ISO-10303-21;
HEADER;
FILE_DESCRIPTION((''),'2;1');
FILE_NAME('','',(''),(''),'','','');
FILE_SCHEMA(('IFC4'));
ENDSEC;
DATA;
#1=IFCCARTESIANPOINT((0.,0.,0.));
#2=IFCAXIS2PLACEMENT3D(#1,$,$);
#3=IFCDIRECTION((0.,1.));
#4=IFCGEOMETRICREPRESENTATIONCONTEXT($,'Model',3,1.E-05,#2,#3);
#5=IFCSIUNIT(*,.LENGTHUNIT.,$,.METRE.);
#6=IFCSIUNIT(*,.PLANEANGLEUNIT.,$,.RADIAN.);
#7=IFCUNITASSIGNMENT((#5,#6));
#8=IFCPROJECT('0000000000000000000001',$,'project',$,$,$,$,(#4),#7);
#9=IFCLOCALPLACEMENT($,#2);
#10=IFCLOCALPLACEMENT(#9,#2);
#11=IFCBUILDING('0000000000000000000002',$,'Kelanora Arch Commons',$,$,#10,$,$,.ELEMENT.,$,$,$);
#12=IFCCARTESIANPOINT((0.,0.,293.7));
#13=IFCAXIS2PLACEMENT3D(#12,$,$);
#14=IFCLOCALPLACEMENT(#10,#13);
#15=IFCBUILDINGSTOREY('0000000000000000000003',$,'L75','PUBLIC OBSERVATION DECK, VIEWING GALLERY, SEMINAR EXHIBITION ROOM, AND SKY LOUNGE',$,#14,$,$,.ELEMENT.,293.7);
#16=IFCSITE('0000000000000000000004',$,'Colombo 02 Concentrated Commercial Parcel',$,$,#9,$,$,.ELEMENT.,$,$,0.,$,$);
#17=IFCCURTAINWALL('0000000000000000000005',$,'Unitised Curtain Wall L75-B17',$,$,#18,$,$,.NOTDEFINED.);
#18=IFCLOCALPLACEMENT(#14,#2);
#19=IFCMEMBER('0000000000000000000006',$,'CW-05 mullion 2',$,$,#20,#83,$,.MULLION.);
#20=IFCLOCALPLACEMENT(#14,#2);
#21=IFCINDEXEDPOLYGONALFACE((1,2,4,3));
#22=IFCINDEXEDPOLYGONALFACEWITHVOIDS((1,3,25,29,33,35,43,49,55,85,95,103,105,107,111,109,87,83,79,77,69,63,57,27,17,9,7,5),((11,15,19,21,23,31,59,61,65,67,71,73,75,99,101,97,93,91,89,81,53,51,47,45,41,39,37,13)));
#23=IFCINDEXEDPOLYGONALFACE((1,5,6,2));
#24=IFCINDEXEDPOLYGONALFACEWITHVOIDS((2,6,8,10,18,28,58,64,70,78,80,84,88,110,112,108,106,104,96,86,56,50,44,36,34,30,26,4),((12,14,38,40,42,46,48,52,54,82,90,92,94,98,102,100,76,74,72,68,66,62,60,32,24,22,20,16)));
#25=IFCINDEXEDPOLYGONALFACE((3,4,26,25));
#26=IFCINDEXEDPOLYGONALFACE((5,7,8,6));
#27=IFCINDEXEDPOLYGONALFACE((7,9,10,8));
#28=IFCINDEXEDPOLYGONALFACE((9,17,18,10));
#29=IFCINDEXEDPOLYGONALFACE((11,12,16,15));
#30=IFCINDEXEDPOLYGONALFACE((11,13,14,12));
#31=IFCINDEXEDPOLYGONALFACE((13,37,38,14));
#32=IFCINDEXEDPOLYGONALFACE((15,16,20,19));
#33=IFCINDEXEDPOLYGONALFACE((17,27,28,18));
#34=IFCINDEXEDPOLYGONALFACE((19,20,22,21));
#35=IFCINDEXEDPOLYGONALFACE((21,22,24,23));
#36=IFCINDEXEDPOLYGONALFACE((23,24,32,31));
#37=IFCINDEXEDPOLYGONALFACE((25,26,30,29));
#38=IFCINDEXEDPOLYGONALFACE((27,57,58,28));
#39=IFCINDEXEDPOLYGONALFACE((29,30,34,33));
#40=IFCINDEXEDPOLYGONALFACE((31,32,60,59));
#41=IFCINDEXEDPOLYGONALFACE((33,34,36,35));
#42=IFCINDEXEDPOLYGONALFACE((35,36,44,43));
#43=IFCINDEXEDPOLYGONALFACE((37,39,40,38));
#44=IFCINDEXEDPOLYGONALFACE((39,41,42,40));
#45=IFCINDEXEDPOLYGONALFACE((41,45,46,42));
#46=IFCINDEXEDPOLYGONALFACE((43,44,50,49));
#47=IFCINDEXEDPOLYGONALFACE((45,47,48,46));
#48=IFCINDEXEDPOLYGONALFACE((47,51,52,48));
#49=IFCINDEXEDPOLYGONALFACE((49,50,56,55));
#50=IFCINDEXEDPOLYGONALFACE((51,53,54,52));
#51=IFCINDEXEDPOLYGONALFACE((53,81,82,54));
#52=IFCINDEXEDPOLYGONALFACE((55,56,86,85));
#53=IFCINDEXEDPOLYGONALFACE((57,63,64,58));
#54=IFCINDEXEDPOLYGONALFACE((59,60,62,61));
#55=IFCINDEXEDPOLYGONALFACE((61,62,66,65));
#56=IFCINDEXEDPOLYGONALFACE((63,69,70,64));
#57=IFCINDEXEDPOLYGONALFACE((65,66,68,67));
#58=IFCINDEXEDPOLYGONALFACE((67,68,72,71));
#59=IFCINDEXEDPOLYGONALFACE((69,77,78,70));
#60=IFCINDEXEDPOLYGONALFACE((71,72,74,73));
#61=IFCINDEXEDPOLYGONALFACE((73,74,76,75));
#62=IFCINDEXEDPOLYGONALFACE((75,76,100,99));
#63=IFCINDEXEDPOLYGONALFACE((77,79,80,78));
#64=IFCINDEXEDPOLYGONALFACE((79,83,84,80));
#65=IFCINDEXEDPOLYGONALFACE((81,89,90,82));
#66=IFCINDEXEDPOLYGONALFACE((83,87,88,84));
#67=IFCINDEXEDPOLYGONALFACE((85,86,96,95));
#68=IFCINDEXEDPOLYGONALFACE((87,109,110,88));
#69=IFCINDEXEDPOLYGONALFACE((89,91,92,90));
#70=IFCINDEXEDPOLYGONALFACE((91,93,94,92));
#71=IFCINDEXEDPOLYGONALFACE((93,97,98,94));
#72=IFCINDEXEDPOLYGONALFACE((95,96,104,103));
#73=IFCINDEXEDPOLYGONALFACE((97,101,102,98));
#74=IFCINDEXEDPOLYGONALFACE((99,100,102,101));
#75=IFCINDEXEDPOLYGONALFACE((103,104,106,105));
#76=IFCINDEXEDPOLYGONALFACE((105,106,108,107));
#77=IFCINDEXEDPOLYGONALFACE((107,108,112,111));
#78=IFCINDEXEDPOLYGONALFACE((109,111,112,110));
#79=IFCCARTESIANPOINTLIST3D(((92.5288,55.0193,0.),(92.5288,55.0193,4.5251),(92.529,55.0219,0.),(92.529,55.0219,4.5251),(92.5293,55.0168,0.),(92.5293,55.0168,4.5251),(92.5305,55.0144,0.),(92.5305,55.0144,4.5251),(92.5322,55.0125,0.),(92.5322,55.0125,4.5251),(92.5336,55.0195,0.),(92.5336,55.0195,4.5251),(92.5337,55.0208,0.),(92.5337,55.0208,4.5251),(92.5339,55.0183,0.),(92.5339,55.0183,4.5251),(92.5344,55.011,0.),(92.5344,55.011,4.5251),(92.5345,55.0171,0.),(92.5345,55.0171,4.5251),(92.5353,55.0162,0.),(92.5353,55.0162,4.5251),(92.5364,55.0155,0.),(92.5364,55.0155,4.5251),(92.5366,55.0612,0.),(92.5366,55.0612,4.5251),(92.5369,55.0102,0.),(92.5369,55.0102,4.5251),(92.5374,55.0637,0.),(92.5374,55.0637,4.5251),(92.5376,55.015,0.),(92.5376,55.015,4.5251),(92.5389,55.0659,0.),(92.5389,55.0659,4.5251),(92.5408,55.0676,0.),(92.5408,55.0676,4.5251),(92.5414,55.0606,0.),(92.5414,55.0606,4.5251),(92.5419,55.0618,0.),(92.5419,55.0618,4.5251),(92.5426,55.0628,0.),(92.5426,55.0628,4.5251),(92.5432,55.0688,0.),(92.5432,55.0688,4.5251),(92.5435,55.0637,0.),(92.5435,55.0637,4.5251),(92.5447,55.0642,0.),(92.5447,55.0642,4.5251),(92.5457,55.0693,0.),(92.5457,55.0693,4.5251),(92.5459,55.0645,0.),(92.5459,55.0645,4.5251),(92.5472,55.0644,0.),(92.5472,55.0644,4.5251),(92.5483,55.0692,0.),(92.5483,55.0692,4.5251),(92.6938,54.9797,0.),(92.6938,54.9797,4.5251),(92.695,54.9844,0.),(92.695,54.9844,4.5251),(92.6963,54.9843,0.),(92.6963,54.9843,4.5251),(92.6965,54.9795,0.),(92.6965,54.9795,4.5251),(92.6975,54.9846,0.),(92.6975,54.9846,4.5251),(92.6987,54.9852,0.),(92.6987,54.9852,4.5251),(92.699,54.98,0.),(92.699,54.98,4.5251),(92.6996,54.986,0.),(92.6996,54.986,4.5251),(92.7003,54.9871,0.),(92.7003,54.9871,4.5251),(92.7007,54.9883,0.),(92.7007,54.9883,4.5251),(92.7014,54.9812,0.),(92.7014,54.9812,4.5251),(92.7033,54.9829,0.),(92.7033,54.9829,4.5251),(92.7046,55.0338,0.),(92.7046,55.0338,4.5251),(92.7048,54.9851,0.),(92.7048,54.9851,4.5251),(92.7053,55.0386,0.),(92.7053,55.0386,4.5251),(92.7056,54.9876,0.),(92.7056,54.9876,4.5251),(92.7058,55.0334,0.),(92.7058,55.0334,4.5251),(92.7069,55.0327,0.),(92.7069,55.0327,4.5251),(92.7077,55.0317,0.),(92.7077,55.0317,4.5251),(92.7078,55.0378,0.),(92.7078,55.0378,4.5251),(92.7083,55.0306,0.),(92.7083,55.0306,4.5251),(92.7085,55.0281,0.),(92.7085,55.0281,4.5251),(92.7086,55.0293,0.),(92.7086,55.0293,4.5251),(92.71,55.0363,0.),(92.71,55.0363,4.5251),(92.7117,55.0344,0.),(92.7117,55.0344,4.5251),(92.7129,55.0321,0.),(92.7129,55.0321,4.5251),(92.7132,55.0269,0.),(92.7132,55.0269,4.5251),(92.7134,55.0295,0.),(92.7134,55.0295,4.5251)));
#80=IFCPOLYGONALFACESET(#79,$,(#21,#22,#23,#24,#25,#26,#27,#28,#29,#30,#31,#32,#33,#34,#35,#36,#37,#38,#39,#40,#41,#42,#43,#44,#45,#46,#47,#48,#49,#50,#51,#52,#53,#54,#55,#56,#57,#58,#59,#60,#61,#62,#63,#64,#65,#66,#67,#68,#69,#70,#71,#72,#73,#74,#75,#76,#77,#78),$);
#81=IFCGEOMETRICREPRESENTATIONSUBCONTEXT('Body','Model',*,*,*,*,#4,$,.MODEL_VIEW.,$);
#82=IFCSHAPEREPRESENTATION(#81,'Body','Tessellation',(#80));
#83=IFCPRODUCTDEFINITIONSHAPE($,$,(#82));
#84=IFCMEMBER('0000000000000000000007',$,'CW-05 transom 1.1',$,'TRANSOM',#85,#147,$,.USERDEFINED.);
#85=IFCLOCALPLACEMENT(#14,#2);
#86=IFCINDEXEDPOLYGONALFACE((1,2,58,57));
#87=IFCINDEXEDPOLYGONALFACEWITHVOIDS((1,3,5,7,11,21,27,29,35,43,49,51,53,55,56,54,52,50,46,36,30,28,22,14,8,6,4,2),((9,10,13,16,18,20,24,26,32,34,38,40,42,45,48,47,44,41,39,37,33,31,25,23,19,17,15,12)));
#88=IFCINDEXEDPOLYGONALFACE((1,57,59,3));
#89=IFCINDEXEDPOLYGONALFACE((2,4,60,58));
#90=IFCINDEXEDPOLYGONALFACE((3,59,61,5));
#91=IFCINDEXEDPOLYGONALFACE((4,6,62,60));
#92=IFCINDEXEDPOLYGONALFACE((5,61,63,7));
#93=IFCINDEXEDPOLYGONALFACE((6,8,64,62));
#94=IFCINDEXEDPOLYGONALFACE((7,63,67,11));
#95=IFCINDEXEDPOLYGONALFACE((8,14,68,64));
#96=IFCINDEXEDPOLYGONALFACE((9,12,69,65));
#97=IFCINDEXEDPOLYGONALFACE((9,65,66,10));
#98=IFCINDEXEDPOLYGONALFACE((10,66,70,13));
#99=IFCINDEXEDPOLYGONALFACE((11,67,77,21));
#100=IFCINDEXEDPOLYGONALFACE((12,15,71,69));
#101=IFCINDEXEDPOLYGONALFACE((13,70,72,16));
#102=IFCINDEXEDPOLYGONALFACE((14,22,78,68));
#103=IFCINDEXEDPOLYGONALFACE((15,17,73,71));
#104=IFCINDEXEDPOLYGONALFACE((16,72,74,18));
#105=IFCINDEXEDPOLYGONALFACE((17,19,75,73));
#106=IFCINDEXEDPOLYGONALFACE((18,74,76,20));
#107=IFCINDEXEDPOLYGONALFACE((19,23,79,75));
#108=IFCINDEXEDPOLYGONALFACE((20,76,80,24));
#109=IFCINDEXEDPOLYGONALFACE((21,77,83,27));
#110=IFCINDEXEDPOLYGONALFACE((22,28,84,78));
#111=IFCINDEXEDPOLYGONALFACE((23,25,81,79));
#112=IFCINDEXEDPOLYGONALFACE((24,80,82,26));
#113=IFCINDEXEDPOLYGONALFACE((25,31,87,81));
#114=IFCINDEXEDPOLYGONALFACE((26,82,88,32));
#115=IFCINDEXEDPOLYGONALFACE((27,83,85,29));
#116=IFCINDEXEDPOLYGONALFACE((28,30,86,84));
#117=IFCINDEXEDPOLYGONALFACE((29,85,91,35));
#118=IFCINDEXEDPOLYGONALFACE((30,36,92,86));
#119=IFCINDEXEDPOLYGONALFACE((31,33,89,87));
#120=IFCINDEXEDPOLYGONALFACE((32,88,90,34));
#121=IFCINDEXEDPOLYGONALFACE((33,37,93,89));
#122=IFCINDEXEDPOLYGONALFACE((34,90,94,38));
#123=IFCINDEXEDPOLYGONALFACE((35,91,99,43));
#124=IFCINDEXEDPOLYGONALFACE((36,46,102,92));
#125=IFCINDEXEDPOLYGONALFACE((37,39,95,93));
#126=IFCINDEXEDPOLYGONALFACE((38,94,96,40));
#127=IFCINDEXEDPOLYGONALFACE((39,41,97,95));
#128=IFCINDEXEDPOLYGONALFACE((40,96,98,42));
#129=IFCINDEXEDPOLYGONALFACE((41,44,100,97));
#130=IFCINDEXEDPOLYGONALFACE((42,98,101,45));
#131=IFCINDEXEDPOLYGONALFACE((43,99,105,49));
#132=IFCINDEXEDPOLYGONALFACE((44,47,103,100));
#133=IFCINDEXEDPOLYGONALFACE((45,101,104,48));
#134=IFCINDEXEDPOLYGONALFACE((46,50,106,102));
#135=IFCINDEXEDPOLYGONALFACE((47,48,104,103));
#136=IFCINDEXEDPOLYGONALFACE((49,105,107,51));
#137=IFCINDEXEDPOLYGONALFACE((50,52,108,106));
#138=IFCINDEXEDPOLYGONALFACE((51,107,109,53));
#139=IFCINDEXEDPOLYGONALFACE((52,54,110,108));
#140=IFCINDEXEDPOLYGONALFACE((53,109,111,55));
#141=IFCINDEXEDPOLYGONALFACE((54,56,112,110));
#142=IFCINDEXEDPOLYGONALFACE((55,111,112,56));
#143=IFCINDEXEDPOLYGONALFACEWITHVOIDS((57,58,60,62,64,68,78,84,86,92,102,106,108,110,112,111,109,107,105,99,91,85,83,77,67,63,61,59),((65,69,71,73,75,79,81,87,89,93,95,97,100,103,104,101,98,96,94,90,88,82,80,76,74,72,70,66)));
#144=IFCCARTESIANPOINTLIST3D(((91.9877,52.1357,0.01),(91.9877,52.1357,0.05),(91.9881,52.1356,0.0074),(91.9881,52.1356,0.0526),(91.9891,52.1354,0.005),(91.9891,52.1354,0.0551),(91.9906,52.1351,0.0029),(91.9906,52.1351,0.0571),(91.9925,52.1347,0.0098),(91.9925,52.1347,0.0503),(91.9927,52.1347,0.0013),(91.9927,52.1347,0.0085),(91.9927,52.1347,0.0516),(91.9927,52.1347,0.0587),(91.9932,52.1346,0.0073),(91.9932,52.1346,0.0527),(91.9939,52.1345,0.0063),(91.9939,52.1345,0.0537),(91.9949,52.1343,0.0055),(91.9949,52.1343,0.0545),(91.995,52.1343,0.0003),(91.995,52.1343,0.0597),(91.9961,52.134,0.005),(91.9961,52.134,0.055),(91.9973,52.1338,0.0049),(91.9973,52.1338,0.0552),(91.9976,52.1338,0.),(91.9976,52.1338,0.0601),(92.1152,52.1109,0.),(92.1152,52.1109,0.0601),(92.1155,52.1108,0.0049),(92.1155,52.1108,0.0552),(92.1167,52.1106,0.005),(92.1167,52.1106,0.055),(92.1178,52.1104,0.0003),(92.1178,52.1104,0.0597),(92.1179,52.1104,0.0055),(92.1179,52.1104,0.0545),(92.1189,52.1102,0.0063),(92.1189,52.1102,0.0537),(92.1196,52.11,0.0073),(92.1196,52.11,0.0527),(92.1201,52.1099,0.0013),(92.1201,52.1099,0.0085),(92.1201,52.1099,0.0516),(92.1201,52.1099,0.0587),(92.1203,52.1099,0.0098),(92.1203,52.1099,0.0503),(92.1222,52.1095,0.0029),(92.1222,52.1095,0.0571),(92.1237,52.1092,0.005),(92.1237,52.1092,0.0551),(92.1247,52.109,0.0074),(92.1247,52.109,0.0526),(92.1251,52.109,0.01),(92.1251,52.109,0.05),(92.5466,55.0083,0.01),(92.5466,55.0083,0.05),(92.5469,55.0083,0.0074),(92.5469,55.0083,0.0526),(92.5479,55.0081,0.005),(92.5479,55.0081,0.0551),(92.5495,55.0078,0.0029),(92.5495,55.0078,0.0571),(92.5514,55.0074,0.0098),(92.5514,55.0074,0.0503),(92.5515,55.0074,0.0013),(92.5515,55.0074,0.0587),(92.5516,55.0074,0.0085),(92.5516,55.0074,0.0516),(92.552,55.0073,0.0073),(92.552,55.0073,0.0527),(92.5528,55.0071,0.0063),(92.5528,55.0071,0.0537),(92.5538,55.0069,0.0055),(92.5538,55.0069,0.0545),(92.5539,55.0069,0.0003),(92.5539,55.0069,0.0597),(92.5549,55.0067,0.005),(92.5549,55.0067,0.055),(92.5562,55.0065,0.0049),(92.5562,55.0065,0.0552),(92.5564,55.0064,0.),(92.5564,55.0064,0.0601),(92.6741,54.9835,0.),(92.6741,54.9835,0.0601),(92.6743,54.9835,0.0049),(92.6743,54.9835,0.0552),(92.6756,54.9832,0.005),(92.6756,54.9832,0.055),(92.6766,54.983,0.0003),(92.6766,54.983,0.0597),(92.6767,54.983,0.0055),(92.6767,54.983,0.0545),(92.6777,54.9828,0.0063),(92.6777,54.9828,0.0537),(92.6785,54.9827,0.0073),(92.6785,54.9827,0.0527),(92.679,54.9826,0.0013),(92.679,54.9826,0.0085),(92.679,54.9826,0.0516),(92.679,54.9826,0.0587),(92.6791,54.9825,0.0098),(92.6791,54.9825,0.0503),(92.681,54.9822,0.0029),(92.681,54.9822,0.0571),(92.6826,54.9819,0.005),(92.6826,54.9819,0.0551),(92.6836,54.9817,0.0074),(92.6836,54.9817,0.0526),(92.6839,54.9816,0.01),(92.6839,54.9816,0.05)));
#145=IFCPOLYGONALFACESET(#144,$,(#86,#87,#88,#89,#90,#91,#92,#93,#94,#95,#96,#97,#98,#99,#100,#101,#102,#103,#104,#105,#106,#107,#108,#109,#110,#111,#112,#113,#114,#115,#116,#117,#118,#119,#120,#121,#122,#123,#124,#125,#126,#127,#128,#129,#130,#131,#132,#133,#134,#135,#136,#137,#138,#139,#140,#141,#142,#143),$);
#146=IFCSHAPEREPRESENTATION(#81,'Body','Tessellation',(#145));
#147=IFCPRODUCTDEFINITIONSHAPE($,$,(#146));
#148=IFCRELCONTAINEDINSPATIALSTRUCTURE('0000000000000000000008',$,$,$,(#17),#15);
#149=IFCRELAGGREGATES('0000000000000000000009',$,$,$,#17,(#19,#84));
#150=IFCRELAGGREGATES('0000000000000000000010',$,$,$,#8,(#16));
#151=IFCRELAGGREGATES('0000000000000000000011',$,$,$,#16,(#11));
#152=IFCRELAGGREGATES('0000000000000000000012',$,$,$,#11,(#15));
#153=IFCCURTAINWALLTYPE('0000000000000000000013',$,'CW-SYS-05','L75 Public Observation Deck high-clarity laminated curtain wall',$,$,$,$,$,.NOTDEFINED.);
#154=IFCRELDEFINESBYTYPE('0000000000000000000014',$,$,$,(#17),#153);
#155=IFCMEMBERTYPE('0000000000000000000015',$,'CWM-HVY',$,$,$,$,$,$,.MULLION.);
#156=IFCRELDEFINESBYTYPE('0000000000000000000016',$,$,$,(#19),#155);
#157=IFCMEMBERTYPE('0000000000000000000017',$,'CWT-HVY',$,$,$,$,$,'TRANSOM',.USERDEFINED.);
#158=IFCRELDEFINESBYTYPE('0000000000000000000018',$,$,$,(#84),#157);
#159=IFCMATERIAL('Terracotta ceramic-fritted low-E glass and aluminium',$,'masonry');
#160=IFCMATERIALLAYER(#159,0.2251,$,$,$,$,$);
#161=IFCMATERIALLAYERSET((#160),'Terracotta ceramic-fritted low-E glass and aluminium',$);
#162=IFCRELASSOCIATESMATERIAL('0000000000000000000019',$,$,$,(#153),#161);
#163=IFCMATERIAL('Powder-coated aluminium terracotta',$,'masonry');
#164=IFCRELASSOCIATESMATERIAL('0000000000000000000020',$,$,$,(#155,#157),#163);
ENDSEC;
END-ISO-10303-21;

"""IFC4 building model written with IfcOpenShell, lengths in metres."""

from ifc_helpers import new_model, si_unit, direction, frame, origin, origin_2d, place, context, subcontext, project, spatial, hollow_rectangle, extrude, material, layer, layer_set, material_profile, profile_set, type_object, element, aggregate, save


model = new_model("IFC4")

# Units and contexts
model_context = context("Model", 3, precision=1e-05, world=origin(), true_north=direction((0.0, 1.0)))
body_context = subcontext(model_context, "Body", "Model", "MODEL_VIEW")
ifc_project = project(units=[si_unit("LENGTHUNIT", "METRE"), si_unit("PLANEANGLEUNIT", "RADIAN")], contexts=[model_context])

# Site, building, storey
site_placement = place(None, origin())
site = spatial("IfcSite", under=ifc_project, at=site_placement, Name="Colombo 02 Concentrated Commercial Parcel", CompositionType="ELEMENT", RefElevation=0.0)
building_placement = place(site_placement, origin())
building = spatial("IfcBuilding", under=site, at=building_placement, Name="Kelanora Arch Commons", CompositionType="ELEMENT")
storey_placement = place(building_placement, frame((0.0, 0.0, 293.7)))
storey = spatial("IfcBuildingStorey", under=building, at=storey_placement, Name="L75", Description="PUBLIC OBSERVATION DECK, VIEWING GALLERY, SEMINAR EXHIBITION ROOM, AND SKY LOUNGE", CompositionType="ELEMENT", Elevation=293.7)

# Shared definitions
ifc_material_1 = material(Name="Terracotta ceramic-fritted low-E glass and aluminium", Category="masonry")
ifc_layer_1 = layer(ifc_material_1, 0.2251)
ifc_layer_set_1 = layer_set([ifc_layer_1], Name="Terracotta ceramic-fritted low-E glass and aluminium")
curtain_wall_type = type_object("IfcCurtainWallType", Name="CW-SYS-05", Description="L75 Public Observation Deck high-clarity laminated curtain wall", PredefinedType="NOTDEFINED", material=ifc_layer_set_1)
ifc_material_2 = material(Name="Powder-coated aluminium terracotta", Category="masonry")
ifc_material_profile_1 = material_profile(ifc_material_2, hollow_rectangle(XDim=0.1799, YDim=0.0601, WallThickness=0.0049, InnerFilletRadius=0.0049, OuterFilletRadius=0.01, at=origin_2d()), Name="CWM180x60")
ifc_profile_set_1 = profile_set([ifc_material_profile_1], Name="Powder-coated aluminium terracotta")
member_type_1 = type_object("IfcMemberType", Name="CWM-HVY", PredefinedType="MULLION", material=ifc_profile_set_1)

# Curtain wall, members
curtain_wall_1_placement = place(storey_placement, origin())
curtain_wall_1 = element("IfcCurtainWall", 1, at=curtain_wall_1_placement, inside=storey, type_object=curtain_wall_type, Name="Unitised Curtain Wall L75-B17", PredefinedType="NOTDEFINED")
member_1_placement = place(storey_placement, frame((92.6211, 55.0244, 0.0), z_axis=(0.0, 0.0, 1.0), x_axis=(-0.981596, 0.190972, 0.0)))
member_1 = element("IfcMember", 2, at=member_1_placement, type_object=member_type_1, Name="CW-05 mullion 2", PredefinedType="MULLION", context=body_context, shape_type="SweptSolid", body=[
    extrude(hollow_rectangle(XDim=0.1799, YDim=0.0601, WallThickness=0.0049, InnerFilletRadius=0.0049, OuterFilletRadius=0.01, at=origin_2d()), origin(), (0.0, 0.0, 1.0), 4.5251),
])
ifc_material_profile_2 = material_profile(ifc_material_2, hollow_rectangle(XDim=0.1399, YDim=0.0601, WallThickness=0.0049, InnerFilletRadius=0.0049, OuterFilletRadius=0.01, at=origin_2d()), Name="CWT140x60")
ifc_profile_set_2 = profile_set([ifc_material_profile_2], Name="Powder-coated aluminium terracotta")
member_type_2 = type_object("IfcMemberType", Name="CWT-HVY", ElementType="TRANSOM", PredefinedType="USERDEFINED", material=ifc_profile_set_2)
member_2_placement = place(storey_placement, frame((92.0564, 52.1223, 0.03), z_axis=(0.190963, 0.981597, 0.0), x_axis=(-0.981597, 0.190963, 0.0)))
member_2 = element("IfcMember", 3, at=member_2_placement, type_object=member_type_2, Name="CW-05 transom 1.1", ObjectType="TRANSOM", PredefinedType="USERDEFINED", context=body_context, shape_type="SweptSolid", body=[
    extrude(hollow_rectangle(XDim=0.1399, YDim=0.0601, WallThickness=0.0049, InnerFilletRadius=0.0049, OuterFilletRadius=0.01, at=origin_2d()), origin(), (0.0, 0.0, 1.0), 2.9265),
])
aggregate(curtain_wall_1, [member_1, member_2])

save(model, "model.ifc")
